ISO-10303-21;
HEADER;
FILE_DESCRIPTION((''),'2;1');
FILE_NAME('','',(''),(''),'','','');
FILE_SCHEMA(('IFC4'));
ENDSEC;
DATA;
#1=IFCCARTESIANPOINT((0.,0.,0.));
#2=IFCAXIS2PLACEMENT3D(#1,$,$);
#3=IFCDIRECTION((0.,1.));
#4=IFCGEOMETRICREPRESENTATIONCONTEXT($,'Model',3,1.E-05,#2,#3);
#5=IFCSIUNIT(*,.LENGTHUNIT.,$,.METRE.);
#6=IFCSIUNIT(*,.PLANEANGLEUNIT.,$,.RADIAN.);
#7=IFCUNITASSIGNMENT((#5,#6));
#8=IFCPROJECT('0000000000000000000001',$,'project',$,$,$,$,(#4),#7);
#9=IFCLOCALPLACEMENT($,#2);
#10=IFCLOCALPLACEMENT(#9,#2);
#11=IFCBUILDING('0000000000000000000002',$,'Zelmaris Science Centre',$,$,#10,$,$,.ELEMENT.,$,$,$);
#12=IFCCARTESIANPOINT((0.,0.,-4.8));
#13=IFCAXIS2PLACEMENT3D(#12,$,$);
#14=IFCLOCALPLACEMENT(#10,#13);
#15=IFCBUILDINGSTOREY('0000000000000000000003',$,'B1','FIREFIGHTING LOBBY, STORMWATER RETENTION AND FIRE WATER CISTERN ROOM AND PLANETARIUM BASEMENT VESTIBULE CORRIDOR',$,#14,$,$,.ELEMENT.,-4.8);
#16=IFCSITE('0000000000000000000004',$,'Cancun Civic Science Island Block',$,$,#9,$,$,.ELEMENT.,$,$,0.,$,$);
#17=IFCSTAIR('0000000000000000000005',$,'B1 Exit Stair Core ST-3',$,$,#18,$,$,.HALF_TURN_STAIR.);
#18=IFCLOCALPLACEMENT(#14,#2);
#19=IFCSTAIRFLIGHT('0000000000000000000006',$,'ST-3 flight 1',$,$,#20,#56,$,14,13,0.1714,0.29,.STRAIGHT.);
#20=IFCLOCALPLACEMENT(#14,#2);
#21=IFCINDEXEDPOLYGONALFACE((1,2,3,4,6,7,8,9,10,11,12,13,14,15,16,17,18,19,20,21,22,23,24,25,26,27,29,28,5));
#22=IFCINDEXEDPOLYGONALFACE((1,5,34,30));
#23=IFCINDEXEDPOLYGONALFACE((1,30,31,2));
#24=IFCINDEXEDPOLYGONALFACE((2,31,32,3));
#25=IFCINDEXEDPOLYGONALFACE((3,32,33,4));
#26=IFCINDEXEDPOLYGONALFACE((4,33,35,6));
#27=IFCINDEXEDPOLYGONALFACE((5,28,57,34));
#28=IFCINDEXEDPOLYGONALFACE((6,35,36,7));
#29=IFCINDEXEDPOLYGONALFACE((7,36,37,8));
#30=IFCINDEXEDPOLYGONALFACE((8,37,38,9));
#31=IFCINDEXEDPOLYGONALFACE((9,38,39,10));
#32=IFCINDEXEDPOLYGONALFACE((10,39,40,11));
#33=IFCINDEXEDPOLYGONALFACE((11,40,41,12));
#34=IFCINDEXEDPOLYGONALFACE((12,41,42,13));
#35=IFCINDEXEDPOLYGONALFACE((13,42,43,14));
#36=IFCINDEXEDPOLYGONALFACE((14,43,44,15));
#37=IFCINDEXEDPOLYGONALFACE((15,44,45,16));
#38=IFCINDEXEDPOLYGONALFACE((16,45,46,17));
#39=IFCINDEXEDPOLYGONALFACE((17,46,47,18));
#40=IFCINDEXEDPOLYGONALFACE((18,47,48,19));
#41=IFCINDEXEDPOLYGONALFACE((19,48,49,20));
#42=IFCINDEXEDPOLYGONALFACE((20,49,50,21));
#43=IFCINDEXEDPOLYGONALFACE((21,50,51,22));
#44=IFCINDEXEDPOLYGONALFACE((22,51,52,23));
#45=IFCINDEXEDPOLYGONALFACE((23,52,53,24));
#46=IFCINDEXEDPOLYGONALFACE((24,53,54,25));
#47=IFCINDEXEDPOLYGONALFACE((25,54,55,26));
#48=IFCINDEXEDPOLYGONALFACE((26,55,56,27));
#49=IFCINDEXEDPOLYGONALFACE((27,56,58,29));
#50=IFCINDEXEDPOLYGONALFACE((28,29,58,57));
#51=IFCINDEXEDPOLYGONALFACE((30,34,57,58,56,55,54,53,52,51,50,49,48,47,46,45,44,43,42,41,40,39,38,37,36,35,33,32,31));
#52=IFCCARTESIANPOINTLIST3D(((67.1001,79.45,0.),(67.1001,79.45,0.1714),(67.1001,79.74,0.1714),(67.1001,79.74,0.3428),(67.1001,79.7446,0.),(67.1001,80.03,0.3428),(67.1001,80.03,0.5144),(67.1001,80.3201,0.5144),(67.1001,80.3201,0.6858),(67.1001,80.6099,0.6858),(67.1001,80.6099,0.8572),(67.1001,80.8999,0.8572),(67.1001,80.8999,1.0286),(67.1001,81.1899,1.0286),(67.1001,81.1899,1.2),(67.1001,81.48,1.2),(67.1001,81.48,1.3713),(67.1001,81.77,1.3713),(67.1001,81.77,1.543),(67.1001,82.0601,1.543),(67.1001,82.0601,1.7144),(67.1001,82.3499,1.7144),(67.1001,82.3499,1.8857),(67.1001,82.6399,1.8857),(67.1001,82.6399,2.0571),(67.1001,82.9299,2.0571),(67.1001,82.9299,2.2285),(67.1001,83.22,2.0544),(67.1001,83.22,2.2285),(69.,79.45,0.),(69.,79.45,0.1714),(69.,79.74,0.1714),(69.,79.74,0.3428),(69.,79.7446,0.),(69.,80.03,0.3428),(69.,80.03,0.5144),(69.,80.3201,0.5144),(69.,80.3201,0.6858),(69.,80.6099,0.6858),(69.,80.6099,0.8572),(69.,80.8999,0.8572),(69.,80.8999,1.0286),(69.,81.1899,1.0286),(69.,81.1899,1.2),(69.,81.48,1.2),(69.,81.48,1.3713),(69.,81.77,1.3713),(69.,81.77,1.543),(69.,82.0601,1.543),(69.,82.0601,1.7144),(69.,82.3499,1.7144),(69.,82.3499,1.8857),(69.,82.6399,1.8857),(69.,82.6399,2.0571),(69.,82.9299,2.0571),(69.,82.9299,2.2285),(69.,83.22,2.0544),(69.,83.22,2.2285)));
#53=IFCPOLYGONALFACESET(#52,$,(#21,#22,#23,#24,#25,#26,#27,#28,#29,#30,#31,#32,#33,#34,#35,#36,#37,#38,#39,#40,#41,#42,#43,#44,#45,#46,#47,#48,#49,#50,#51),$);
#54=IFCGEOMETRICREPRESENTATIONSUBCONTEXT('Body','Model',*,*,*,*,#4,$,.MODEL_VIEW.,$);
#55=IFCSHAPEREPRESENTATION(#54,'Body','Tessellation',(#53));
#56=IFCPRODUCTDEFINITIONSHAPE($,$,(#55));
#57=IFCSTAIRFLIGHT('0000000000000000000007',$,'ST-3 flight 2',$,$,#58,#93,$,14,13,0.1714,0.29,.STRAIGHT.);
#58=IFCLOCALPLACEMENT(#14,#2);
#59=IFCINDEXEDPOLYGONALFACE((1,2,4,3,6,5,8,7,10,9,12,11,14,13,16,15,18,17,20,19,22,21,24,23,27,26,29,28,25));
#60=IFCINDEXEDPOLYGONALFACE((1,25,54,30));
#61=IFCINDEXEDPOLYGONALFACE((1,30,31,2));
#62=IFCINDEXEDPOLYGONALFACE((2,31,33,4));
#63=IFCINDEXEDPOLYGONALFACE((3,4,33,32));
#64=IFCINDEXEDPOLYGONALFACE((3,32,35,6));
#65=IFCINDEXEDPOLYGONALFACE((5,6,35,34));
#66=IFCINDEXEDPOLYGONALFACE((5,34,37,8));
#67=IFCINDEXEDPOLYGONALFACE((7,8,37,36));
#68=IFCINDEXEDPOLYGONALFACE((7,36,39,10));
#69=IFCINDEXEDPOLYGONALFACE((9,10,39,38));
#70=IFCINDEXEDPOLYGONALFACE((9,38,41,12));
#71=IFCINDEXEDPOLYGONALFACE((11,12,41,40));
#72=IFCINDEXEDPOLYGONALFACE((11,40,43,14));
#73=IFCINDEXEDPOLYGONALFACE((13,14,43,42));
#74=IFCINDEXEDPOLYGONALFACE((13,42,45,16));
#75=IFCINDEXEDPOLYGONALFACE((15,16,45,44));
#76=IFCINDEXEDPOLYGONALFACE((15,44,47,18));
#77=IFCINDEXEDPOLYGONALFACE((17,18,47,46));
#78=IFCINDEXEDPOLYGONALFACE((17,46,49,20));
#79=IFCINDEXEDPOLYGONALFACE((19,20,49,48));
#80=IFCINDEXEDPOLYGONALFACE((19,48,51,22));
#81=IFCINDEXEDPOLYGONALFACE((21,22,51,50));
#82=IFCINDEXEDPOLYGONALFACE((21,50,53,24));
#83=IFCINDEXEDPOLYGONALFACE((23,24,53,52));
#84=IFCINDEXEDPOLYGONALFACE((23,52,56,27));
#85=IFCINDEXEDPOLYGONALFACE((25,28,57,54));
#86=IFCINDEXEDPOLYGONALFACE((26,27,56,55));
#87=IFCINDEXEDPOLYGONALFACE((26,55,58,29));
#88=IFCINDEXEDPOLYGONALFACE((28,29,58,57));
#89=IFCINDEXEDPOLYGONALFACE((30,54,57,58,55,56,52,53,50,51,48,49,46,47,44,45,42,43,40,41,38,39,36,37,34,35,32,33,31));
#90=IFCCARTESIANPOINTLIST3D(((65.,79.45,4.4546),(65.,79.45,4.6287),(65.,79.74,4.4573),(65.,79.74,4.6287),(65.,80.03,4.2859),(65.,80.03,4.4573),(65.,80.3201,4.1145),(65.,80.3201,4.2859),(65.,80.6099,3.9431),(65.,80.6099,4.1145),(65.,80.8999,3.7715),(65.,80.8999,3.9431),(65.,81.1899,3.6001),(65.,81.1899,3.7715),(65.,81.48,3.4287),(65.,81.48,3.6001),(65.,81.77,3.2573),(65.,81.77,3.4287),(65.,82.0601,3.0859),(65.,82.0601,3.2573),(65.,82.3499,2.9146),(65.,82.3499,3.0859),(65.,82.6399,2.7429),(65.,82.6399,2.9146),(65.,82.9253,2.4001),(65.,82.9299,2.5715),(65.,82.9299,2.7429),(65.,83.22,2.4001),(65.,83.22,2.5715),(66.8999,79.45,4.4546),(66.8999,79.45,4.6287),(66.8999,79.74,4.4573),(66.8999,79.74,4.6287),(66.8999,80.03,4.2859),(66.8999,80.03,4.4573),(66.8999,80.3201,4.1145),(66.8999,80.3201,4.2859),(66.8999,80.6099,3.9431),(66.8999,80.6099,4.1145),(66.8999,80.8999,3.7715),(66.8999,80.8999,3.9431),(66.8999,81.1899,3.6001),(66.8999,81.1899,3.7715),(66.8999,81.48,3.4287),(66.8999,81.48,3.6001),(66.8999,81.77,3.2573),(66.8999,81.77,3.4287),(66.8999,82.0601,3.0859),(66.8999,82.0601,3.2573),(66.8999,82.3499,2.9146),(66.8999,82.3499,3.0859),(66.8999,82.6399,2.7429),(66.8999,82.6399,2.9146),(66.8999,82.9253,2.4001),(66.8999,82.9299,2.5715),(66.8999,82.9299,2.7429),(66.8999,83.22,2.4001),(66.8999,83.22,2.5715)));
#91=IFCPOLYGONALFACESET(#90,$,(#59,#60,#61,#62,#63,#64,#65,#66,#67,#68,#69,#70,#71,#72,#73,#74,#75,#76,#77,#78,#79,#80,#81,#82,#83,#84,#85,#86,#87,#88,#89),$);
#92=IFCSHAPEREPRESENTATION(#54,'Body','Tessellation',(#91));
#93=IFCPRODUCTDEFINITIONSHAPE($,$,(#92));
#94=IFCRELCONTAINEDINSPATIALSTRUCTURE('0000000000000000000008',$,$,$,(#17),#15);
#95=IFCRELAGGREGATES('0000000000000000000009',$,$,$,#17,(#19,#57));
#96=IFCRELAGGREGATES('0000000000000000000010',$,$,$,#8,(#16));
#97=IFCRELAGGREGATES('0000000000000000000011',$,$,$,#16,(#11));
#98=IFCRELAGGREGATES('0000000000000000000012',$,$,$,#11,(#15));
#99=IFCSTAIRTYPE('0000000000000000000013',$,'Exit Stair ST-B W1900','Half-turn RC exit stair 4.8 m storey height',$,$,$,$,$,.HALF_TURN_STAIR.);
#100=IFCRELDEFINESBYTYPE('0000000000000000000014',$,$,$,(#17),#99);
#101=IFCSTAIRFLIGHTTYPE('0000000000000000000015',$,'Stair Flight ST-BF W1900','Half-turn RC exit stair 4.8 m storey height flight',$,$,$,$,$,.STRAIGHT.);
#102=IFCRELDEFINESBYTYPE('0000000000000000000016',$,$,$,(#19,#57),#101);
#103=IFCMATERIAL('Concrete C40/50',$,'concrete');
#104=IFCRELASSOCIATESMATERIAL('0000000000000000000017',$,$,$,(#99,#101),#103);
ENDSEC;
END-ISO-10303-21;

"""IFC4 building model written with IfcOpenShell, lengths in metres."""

from ifc_helpers import new_model, si_unit, direction, frame, origin, place, context, subcontext, project, spatial, polyline, outline, extrude, material, type_object, element, aggregate, save


model = new_model("IFC4")

# Units and contexts
model_context = context("Model", 3, precision=1e-05, world=origin(), true_north=direction((0.0, 1.0)))
body_context = subcontext(model_context, "Body", "Model", "MODEL_VIEW")
ifc_project = project(units=[si_unit("LENGTHUNIT", "METRE"), si_unit("PLANEANGLEUNIT", "RADIAN")], contexts=[model_context])

# Site, building, storey
site_placement = place(None, origin())
site = spatial("IfcSite", under=ifc_project, at=site_placement, Name="Cancun Civic Science Island Block", CompositionType="ELEMENT", RefElevation=0.0)
building_placement = place(site_placement, origin())
building = spatial("IfcBuilding", under=site, at=building_placement, Name="Zelmaris Science Centre", CompositionType="ELEMENT")
storey_placement = place(building_placement, frame((0.0, 0.0, -4.8)))
storey = spatial("IfcBuildingStorey", under=building, at=storey_placement, Name="B1", Description="FIREFIGHTING LOBBY, STORMWATER RETENTION AND FIRE WATER CISTERN ROOM AND PLANETARIUM BASEMENT VESTIBULE CORRIDOR", CompositionType="ELEMENT", Elevation=-4.8)

# Shared definitions
ifc_material_1 = material(Name="Concrete C40/50", Category="concrete")

# Stair, stair flights
stair_type = type_object("IfcStairType", Name="Exit Stair ST-B W1900", Description="Half-turn RC exit stair 4.8 m storey height", PredefinedType="HALF_TURN_STAIR", material=ifc_material_1)
stair_placement = place(storey_placement, origin())
stair = element("IfcStair", 1, at=stair_placement, inside=storey, type_object=stair_type, Name="B1 Exit Stair Core ST-3", PredefinedType="HALF_TURN_STAIR")
stair_flight_type = type_object("IfcStairFlightType", Name="Stair Flight ST-BF W1900", Description="Half-turn RC exit stair 4.8 m storey height flight", PredefinedType="STRAIGHT", material=ifc_material_1)
stair_flight_1_placement = place(storey_placement, frame((68.05, 79.45, 0.0), z_axis=(0.0, 0.0, 1.0), x_axis=(0.0, 1.0, 0.0)))
stair_flight_1 = element("IfcStairFlight", 2, at=stair_flight_1_placement, type_object=stair_flight_type, Name="ST-3 flight 1", NumberOfRisers=14, NumberOfTreads=13, PredefinedType="STRAIGHT", RiserHeight=0.1714, TreadLength=0.29, context=body_context, shape_type="SweptSolid", body=[
    extrude(outline(polyline([(0.0, 0.0), (0.0, 0.1714), (0.29, 0.1714), (0.29, 0.3428), (0.5801, 0.3428), (0.5801, 0.5144), (0.8701, 0.5144), (0.8701, 0.6858), (1.1599, 0.6858), (1.1599, 0.8572), (1.45, 0.8572), (1.45, 1.0286), (1.74, 1.0286), (1.74, 1.2), (2.03, 1.2), (2.03, 1.3713), (2.3201, 1.3713), (2.3201, 1.543), (2.6101, 1.543), (2.6101, 1.7144), (2.8999, 1.7144), (2.8999, 1.8857), (3.1899, 1.8857), (3.1899, 2.0571), (3.48, 2.0571), (3.48, 2.2285), (3.77, 2.2285), (3.77, 2.3999), (3.77, 2.0544), (0.2947, 0.0), (0.0, 0.0)])), frame((0.0, 0.95, 0.0), z_axis=(0.0, -1.0, 0.0), x_axis=(1.0, 0.0, 0.0)), (0.0, 0.0, 1.0), 1.8999),
])
stair_flight_2_placement = place(storey_placement, frame((65.95, 83.22, 2.4001), z_axis=(0.0, 0.0, 1.0), x_axis=(0.0, -1.0, 0.0)))
stair_flight_2 = element("IfcStairFlight", 3, at=stair_flight_2_placement, type_object=stair_flight_type, Name="ST-3 flight 2", NumberOfRisers=14, NumberOfTreads=13, PredefinedType="STRAIGHT", RiserHeight=0.1714, TreadLength=0.29, context=body_context, shape_type="SweptSolid", body=[
    extrude(outline(polyline([(0.0, 0.0), (0.0, 0.1714), (0.29, 0.1714), (0.29, 0.3428), (0.5801, 0.3428), (0.5801, 0.5144), (0.8701, 0.5144), (0.8701, 0.6858), (1.1599, 0.6858), (1.1599, 0.8572), (1.45, 0.8572), (1.45, 1.0286), (1.74, 1.0286), (1.74, 1.2), (2.03, 1.2), (2.03, 1.3713), (2.3201, 1.3713), (2.3201, 1.543), (2.6101, 1.543), (2.6101, 1.7144), (2.8999, 1.7144), (2.8999, 1.8857), (3.1899, 1.8857), (3.1899, 2.0571), (3.48, 2.0571), (3.48, 2.2285), (3.77, 2.2285), (3.77, 2.3999), (3.77, 2.0544), (0.2947, 0.0), (0.0, 0.0)])), frame((0.0, 0.95, 0.0), z_axis=(0.0, -1.0, 0.0), x_axis=(1.0, 0.0, 0.0)), (0.0, 0.0, 1.0), 1.8999),
])
aggregate(stair, [stair_flight_1, stair_flight_2])

save(model, "model.ifc")
